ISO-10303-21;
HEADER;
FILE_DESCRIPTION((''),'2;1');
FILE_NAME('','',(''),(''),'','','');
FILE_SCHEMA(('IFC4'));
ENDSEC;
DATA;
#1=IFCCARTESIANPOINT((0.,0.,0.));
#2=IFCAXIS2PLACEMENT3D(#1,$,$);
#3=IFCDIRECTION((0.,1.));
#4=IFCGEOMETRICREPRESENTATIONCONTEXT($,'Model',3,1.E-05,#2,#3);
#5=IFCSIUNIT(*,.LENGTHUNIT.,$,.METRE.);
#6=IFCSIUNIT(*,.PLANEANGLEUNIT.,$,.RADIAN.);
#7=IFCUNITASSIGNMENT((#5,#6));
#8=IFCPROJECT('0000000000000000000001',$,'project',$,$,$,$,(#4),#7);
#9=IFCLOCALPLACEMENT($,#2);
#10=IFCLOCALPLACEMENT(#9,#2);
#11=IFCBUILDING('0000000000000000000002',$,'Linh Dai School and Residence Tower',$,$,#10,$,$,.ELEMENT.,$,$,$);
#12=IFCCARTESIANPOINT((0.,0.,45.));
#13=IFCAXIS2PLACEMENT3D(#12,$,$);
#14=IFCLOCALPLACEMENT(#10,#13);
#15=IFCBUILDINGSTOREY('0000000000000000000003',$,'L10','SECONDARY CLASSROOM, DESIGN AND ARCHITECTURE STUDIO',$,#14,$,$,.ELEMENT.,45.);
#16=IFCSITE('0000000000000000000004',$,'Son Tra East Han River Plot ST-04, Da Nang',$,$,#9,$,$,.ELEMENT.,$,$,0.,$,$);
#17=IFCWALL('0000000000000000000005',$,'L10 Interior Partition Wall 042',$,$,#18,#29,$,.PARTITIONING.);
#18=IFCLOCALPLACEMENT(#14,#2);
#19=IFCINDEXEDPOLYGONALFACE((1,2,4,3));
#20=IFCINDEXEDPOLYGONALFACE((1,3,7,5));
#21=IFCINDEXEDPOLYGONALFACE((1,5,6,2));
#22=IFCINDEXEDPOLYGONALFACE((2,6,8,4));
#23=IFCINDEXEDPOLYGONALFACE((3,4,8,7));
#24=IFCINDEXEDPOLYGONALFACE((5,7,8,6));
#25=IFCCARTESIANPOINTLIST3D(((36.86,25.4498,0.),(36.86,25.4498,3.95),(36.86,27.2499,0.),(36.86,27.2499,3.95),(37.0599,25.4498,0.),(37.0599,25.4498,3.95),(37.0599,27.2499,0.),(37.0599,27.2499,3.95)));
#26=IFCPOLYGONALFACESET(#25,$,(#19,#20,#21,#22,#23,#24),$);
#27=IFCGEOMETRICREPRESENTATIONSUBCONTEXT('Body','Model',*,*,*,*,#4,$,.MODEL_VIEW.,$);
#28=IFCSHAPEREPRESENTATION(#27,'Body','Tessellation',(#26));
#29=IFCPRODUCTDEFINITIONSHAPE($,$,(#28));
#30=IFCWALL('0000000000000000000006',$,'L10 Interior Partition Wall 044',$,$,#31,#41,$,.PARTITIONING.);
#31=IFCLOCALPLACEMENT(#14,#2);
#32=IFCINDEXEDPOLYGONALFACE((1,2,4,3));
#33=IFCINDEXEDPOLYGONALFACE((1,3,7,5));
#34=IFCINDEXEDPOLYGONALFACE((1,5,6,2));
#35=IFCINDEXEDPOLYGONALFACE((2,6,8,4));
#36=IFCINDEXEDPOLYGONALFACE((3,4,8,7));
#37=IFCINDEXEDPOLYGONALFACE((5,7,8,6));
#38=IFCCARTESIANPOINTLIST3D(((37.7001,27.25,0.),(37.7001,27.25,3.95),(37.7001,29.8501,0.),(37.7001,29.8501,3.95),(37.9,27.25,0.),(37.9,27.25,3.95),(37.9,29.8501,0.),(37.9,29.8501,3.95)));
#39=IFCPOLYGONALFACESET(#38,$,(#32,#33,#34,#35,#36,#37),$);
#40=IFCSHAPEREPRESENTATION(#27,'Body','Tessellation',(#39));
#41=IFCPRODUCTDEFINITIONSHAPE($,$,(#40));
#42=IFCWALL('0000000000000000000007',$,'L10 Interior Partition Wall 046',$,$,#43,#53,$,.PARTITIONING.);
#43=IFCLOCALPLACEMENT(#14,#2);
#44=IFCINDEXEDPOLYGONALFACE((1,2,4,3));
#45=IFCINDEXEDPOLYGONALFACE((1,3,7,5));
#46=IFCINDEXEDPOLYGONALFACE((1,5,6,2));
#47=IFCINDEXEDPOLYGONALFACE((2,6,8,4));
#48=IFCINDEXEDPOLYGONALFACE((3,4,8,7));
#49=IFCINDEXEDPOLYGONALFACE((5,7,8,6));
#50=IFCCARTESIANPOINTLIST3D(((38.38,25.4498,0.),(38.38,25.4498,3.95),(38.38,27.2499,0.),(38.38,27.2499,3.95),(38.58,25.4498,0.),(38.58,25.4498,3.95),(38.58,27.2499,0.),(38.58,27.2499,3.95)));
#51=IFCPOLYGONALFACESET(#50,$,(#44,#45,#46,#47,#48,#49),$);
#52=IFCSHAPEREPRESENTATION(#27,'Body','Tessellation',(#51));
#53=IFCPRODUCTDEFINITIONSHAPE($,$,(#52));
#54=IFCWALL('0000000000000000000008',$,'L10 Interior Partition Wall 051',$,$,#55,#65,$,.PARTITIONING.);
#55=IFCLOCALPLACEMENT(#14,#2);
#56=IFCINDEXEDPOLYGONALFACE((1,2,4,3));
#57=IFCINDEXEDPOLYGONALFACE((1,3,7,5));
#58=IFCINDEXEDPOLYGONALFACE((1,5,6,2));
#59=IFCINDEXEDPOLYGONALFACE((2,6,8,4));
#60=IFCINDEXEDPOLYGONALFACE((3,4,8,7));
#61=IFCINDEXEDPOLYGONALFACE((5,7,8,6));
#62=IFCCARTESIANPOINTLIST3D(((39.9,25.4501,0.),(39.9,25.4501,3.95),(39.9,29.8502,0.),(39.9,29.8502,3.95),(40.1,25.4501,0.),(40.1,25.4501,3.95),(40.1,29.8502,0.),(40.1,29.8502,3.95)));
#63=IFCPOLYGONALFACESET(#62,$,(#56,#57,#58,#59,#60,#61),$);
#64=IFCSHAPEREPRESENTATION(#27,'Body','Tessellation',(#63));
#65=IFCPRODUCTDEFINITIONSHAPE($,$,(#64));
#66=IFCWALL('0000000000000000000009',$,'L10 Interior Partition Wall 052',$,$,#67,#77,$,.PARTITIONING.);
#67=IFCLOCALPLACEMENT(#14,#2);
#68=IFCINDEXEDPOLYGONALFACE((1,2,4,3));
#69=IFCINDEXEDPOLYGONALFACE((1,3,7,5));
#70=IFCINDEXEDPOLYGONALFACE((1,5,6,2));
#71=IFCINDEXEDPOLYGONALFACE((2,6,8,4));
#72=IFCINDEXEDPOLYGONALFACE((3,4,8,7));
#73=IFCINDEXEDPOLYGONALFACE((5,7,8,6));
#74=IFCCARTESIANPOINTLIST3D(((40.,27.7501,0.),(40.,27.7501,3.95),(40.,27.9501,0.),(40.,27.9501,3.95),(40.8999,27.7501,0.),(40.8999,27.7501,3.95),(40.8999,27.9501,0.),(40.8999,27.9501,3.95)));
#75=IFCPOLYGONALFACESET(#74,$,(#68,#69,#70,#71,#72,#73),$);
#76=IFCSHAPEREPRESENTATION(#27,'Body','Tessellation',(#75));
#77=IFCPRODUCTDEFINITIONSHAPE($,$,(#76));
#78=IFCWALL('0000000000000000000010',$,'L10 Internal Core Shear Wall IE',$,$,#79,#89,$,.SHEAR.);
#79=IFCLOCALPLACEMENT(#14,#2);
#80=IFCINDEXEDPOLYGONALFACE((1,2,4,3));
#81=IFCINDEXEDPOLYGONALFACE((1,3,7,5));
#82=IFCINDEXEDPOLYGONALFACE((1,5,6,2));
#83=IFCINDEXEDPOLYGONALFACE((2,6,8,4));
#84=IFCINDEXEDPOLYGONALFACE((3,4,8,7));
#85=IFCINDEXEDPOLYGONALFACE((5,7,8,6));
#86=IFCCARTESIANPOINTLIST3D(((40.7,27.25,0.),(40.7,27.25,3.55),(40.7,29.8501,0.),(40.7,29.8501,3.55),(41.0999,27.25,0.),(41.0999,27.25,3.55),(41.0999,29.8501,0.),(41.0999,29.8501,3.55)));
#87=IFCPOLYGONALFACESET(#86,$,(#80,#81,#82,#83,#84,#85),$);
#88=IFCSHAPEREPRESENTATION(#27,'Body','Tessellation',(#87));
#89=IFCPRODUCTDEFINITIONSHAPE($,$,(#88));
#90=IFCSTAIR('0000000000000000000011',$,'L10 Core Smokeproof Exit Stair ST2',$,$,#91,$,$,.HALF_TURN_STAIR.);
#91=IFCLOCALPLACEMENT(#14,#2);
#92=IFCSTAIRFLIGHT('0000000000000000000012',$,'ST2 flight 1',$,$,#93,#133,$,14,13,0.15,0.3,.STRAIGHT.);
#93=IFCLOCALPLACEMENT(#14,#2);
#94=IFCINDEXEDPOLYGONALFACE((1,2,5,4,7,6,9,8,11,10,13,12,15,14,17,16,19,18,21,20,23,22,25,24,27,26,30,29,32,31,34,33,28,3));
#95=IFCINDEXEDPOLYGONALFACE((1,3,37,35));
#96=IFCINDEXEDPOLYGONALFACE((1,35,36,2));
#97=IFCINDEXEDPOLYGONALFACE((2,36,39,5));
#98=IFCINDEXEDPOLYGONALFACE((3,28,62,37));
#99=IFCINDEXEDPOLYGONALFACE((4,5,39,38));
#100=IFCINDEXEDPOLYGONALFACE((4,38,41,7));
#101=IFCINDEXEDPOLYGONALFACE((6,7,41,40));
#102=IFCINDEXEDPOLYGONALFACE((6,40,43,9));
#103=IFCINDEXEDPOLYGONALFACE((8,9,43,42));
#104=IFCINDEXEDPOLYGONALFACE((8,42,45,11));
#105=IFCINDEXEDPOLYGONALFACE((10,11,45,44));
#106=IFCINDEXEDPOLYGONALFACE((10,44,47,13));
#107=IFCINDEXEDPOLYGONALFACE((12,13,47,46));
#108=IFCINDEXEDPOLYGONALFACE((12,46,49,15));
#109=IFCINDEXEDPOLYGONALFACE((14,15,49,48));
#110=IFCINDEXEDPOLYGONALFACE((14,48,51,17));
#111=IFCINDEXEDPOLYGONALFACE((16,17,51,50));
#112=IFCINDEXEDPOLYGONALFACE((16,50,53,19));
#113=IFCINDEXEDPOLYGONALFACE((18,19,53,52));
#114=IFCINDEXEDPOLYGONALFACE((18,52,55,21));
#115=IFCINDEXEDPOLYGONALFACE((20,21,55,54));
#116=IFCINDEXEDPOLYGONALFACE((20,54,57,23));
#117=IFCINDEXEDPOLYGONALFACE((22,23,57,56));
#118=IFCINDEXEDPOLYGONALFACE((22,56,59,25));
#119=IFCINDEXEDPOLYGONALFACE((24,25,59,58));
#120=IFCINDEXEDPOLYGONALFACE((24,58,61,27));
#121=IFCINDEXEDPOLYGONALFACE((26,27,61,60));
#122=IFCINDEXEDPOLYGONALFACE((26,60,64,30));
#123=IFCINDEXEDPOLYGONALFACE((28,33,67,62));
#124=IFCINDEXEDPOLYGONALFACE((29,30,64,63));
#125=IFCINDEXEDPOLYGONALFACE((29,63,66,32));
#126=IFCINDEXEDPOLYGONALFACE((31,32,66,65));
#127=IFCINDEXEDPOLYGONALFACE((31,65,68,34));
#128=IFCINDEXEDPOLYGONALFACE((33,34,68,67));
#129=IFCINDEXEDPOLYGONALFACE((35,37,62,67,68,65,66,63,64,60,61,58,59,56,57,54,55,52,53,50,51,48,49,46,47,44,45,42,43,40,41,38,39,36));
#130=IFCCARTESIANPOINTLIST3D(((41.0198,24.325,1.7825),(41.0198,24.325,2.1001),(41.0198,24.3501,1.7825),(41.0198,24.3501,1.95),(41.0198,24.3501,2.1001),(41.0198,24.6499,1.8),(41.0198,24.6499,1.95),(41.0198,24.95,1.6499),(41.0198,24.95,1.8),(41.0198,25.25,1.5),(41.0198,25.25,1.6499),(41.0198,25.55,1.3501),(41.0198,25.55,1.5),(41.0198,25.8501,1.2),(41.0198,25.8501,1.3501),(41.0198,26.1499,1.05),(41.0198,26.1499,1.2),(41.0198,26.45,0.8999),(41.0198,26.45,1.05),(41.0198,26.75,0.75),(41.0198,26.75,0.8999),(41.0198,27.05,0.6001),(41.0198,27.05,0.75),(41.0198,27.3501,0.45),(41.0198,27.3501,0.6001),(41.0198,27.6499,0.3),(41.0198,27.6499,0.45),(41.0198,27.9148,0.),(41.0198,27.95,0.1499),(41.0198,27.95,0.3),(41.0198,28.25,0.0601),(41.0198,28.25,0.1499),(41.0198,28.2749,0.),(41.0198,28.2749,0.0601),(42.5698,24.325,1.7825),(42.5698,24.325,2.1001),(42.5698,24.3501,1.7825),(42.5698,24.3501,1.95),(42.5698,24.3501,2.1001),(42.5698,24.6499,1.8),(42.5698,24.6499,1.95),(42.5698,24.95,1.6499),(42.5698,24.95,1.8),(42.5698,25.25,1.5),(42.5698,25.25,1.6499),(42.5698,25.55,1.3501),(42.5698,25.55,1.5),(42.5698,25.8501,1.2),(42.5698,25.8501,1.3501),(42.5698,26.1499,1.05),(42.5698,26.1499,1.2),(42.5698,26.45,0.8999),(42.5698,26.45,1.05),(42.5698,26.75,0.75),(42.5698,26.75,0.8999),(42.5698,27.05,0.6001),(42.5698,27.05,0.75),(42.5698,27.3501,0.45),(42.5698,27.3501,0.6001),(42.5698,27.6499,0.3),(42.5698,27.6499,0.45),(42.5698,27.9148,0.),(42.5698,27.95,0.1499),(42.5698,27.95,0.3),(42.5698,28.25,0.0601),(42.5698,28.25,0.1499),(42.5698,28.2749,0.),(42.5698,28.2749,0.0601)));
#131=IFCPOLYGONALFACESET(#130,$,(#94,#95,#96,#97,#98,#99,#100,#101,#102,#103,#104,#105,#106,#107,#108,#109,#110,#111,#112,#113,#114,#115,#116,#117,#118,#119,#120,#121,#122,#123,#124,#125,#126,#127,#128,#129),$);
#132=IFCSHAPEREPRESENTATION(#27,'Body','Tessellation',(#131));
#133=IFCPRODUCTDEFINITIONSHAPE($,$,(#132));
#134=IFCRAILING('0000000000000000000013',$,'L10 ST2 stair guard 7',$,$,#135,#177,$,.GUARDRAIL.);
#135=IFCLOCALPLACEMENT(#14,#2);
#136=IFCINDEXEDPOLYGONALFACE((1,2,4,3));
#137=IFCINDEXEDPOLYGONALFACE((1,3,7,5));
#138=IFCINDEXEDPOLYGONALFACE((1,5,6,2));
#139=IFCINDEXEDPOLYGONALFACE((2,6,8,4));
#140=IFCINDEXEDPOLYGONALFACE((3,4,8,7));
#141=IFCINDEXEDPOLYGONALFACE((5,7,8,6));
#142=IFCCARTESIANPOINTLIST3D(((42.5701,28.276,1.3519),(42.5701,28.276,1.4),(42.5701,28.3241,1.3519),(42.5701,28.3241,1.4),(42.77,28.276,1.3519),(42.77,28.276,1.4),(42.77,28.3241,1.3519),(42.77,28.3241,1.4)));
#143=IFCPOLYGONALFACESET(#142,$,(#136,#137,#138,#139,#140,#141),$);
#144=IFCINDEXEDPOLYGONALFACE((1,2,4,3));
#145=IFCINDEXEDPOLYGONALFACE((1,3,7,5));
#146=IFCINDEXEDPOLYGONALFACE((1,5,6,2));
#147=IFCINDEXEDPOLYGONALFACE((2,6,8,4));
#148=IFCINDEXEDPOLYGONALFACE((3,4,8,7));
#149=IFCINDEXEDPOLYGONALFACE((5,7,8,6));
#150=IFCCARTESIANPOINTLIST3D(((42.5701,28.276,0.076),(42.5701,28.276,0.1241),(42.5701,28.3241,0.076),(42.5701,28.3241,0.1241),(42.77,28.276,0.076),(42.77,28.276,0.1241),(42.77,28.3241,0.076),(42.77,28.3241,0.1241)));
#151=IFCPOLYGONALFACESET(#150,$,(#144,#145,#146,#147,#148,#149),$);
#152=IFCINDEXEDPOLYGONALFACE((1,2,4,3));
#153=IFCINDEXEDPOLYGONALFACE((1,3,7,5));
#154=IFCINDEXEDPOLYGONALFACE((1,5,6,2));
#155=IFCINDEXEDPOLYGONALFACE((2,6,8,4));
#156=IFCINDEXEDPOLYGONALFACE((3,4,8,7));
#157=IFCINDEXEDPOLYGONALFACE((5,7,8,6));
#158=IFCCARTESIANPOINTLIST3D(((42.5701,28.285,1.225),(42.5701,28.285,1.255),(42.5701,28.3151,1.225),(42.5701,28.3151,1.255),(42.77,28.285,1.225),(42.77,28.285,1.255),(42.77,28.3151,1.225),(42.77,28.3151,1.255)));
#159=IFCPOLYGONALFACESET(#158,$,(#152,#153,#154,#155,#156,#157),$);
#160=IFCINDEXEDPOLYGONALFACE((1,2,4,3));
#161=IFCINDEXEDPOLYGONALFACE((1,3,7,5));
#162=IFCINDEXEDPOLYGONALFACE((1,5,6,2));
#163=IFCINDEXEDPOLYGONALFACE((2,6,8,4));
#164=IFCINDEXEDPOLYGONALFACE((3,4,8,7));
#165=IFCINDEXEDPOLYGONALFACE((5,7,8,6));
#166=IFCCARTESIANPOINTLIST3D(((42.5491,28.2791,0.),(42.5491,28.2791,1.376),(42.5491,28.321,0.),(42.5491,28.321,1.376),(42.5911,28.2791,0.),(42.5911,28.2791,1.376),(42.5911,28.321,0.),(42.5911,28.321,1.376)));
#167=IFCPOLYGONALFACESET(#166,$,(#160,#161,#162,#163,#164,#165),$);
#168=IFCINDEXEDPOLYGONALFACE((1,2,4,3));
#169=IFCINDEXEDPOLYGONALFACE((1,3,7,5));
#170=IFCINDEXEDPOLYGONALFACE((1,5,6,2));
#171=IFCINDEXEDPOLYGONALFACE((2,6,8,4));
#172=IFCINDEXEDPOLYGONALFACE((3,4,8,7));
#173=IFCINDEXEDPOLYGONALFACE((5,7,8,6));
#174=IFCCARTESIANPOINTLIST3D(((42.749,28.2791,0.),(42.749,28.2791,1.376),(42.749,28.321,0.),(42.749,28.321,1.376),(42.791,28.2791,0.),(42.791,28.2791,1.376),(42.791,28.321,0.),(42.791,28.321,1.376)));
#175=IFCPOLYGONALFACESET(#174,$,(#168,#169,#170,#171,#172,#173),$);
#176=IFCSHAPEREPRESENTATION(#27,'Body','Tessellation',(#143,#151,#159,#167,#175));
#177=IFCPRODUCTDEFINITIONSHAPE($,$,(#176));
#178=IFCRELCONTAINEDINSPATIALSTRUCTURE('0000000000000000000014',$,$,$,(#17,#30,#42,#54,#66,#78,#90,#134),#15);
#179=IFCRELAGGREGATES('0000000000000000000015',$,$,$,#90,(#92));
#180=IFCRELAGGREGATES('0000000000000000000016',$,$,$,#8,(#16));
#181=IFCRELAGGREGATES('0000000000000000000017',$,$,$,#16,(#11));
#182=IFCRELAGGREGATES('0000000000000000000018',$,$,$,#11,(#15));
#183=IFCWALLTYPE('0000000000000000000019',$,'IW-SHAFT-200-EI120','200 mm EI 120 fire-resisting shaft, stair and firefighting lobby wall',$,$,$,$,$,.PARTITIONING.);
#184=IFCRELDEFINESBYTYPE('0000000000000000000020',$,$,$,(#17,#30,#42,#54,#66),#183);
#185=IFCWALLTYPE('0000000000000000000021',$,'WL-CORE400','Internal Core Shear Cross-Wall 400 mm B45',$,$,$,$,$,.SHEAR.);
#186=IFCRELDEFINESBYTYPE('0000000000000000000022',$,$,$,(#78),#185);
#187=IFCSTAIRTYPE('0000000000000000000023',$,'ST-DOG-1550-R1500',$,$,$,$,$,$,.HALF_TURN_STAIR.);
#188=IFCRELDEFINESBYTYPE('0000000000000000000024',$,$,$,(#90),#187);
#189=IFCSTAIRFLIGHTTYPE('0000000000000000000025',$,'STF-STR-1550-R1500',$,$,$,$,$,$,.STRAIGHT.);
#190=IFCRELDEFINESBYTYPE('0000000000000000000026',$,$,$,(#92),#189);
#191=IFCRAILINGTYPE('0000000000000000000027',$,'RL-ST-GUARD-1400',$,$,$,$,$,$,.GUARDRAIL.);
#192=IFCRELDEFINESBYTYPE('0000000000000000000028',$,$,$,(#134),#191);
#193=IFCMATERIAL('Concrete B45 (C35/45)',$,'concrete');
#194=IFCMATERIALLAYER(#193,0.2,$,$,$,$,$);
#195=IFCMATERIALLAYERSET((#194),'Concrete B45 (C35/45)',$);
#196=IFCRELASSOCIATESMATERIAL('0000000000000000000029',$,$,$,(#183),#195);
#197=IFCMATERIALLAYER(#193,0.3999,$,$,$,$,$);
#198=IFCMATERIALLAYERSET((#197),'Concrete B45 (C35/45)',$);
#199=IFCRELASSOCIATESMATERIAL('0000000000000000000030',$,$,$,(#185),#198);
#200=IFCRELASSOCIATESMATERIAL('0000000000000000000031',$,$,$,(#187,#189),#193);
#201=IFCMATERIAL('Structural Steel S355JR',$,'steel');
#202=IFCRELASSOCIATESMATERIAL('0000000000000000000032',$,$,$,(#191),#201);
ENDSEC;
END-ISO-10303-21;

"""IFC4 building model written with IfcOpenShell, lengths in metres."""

from ifc_helpers import new_model, si_unit, direction, frame, frame_2d, origin, origin_2d, place, context, subcontext, project, spatial, polyline, rectangle, outline, extrude, source, transform, mapped, material, layer, layer_set, type_object, element, aggregate, save


model = new_model("IFC4")

# Units and contexts
model_context = context("Model", 3, precision=1e-05, world=origin(), true_north=direction((0.0, 1.0)))
body_context = subcontext(model_context, "Body", "Model", "MODEL_VIEW")
ifc_project = project(units=[si_unit("LENGTHUNIT", "METRE"), si_unit("PLANEANGLEUNIT", "RADIAN")], contexts=[model_context])

# Site, building, storey
site_placement = place(None, origin())
site = spatial("IfcSite", under=ifc_project, at=site_placement, Name="Son Tra East Han River Plot ST-04, Da Nang", CompositionType="ELEMENT", RefElevation=0.0)
building_placement = place(site_placement, origin())
building = spatial("IfcBuilding", under=site, at=building_placement, Name="Linh Dai School and Residence Tower", CompositionType="ELEMENT")
storey_placement = place(building_placement, frame((0.0, 0.0, 45.0)))
storey = spatial("IfcBuildingStorey", under=building, at=storey_placement, Name="L10", Description="SECONDARY CLASSROOM, DESIGN AND ARCHITECTURE STUDIO", CompositionType="ELEMENT", Elevation=45.0)

# Shared definitions
ifc_material_1 = material(Name="Structural Steel S355JR", Category="steel")

# Walls
ifc_material_2 = material(Name="Concrete B45 (C35/45)", Category="concrete")
ifc_layer_1 = layer(ifc_material_2, 0.2)
ifc_layer_set_1 = layer_set([ifc_layer_1], Name="Concrete B45 (C35/45)")
wall_type_1 = type_object("IfcWallType", Name="IW-SHAFT-200-EI120", Description="200 mm EI 120 fire-resisting shaft, stair and firefighting lobby wall", PredefinedType="PARTITIONING", material=ifc_layer_set_1)
wall_1_placement = place(storey_placement, frame((36.96, 25.45, 0.0), z_axis=(0.0, 0.0, 1.0), x_axis=(0.0, 1.0, 0.0)))
element("IfcWall", 1, at=wall_1_placement, inside=storey, type_object=wall_type_1, Name="L10 Interior Partition Wall 042", PredefinedType="PARTITIONING", context=body_context, shape_type="SweptSolid", body=[
    extrude(rectangle(XDim=1.8, YDim=0.2, at=frame_2d((0.8999, 0.0))), origin(), (0.0, 0.0, 1.0), 3.95),
])
wall_2_placement = place(storey_placement, frame((37.8, 27.25, 0.0), z_axis=(0.0, 0.0, 1.0), x_axis=(0.0, 1.0, 0.0)))
element("IfcWall", 2, at=wall_2_placement, inside=storey, type_object=wall_type_1, Name="L10 Interior Partition Wall 044", PredefinedType="PARTITIONING", context=body_context, shape_type="SweptSolid", body=[
    extrude(rectangle(XDim=2.6001, YDim=0.2, at=frame_2d((1.3, 0.0))), origin(), (0.0, 0.0, 1.0), 3.95),
])
wall_3_placement = place(storey_placement, frame((38.48, 25.45, 0.0), z_axis=(0.0, 0.0, 1.0), x_axis=(0.0, 1.0, 0.0)))
element("IfcWall", 3, at=wall_3_placement, inside=storey, type_object=wall_type_1, Name="L10 Interior Partition Wall 046", PredefinedType="PARTITIONING", context=body_context, shape_type="SweptSolid", body=[
    extrude(rectangle(XDim=1.8, YDim=0.2, at=frame_2d((0.8999, 0.0))), origin(), (0.0, 0.0, 1.0), 3.95),
])
wall_4_placement = place(storey_placement, frame((40.0, 25.45, 0.0), z_axis=(0.0, 0.0, 1.0), x_axis=(0.0, 1.0, 0.0)))
element("IfcWall", 4, at=wall_4_placement, inside=storey, type_object=wall_type_1, Name="L10 Interior Partition Wall 051", PredefinedType="PARTITIONING", context=body_context, shape_type="SweptSolid", body=[
    extrude(rectangle(XDim=4.4001, YDim=0.2, at=frame_2d((2.2002, 0.0))), origin(), (0.0, 0.0, 1.0), 3.95),
])
wall_5_placement = place(storey_placement, frame((40.0, 27.8501, 0.0), z_axis=(0.0, 0.0, 1.0), x_axis=(1.0, 0.0, 0.0)))
element("IfcWall", 5, at=wall_5_placement, inside=storey, type_object=wall_type_1, Name="L10 Interior Partition Wall 052", PredefinedType="PARTITIONING", context=body_context, shape_type="SweptSolid", body=[
    extrude(rectangle(XDim=0.8999, YDim=0.2, at=frame_2d((0.45, 0.0))), origin(), (0.0, 0.0, 1.0), 3.95),
])
ifc_layer_2 = layer(ifc_material_2, 0.3999)
ifc_layer_set_2 = layer_set([ifc_layer_2], Name="Concrete B45 (C35/45)")
wall_type_2 = type_object("IfcWallType", Name="WL-CORE400", Description="Internal Core Shear Cross-Wall 400 mm B45", PredefinedType="SHEAR", material=ifc_layer_set_2)
wall_6_placement = place(storey_placement, frame((40.8999, 27.25, 0.0), z_axis=(0.0, 0.0, 1.0), x_axis=(0.0, 1.0, 0.0)))
element("IfcWall", 6, at=wall_6_placement, inside=storey, type_object=wall_type_2, Name="L10 Internal Core Shear Wall IE", PredefinedType="SHEAR", context=body_context, shape_type="SweptSolid", body=[
    extrude(rectangle(XDim=2.6001, YDim=0.3999, at=frame_2d((1.3, 0.0))), origin(), (0.0, 0.0, 1.0), 3.55),
])

# Stair, stair flight
stair_type = type_object("IfcStairType", Name="ST-DOG-1550-R1500", PredefinedType="HALF_TURN_STAIR", material=ifc_material_2)
stair_placement = place(storey_placement, origin())
stair = element("IfcStair", 7, at=stair_placement, inside=storey, type_object=stair_type, Name="L10 Core Smokeproof Exit Stair ST2", PredefinedType="HALF_TURN_STAIR")
stair_flight_type = type_object("IfcStairFlightType", Name="STF-STR-1550-R1500", PredefinedType="STRAIGHT", material=ifc_material_2)
shared_shape_1 = source(origin(), body_context, "Body", "SweptSolid", [
    extrude(outline(polyline([(-0.0249, 0.0), (-0.0249, 0.0601), (0.0, 0.0601), (0.0, 0.1499), (0.3, 0.1499), (0.3, 0.3), (0.6001, 0.3), (0.6001, 0.45), (0.8999, 0.45), (0.8999, 0.6001), (1.2, 0.6001), (1.2, 0.75), (1.5, 0.75), (1.5, 0.8999), (1.8, 0.8999), (1.8, 1.05), (2.1001, 1.05), (2.1001, 1.2), (2.3999, 1.2), (2.3999, 1.3501), (2.7, 1.3501), (2.7, 1.5), (3.0, 1.5), (3.0, 1.6499), (3.3, 1.6499), (3.3, 1.8), (3.6001, 1.8), (3.6001, 1.95), (3.8999, 1.95), (3.8999, 2.1001), (3.925, 2.1001), (3.925, 1.7825), (3.8999, 1.7825), (0.3352, 0.0), (-0.0249, 0.0)])), frame((0.0, 0.7749, 0.0), z_axis=(0.0, -1.0, 0.0), x_axis=(1.0, 0.0, 0.0)), (0.0, 0.0, 1.0), 1.55),
])
stair_flight_placement = place(storey_placement, frame((41.7949, 28.25, 0.0), z_axis=(0.0, 0.0, 1.0), x_axis=(0.0, -1.0, 0.0)))
stair_flight = element("IfcStairFlight", 8, at=stair_flight_placement, type_object=stair_flight_type, Name="ST2 flight 1", NumberOfRisers=14, NumberOfTreads=13, PredefinedType="STRAIGHT", RiserHeight=0.15, TreadLength=0.3, context=body_context, shape_type="MappedRepresentation", body=[
    mapped(shared_shape_1, transform((0.0, 0.0, 0.0), x_axis=(1.0, 0.0, 0.0), y_axis=(0.0, 1.0, 0.0), z_axis=(0.0, 0.0, 1.0), scale=1.0)),
])
aggregate(stair, [stair_flight])

# Railing
railing_type_1 = type_object("IfcRailingType", Name="RL-ST-GUARD-1400", PredefinedType="GUARDRAIL", material=ifc_material_1)
shared_shape_2 = source(origin(), body_context, "Body", "SweptSolid", [
    extrude(rectangle(XDim=0.0481, YDim=0.0481, at=origin_2d()), frame((0.0, 0.0, 1.376), z_axis=(1.0, 0.0, 0.0), x_axis=(0.0, 1.0, 0.0)), (0.0, 0.0, 1.0), 0.2),
    extrude(rectangle(XDim=0.0481, YDim=0.0481, at=origin_2d()), frame((0.0, 0.0, 0.1001), z_axis=(1.0, 0.0, 0.0), x_axis=(0.0, 1.0, 0.0)), (0.0, 0.0, 1.0), 0.2),
    extrude(rectangle(XDim=0.03, YDim=0.03, at=origin_2d()), frame((0.0, 0.0, 1.24), z_axis=(1.0, 0.0, 0.0), x_axis=(0.0, 1.0, 0.0)), (0.0, 0.0, 1.0), 0.2),
    extrude(rectangle(XDim=0.042, YDim=0.042, at=origin_2d()), origin(), (0.0, 0.0, 1.0), 1.376),
    extrude(rectangle(XDim=0.042, YDim=0.042, at=origin_2d()), frame((0.2, 0.0, 0.0)), (0.0, 0.0, 1.0), 1.376),
])
railing_1_placement = place(storey_placement, frame((42.5701, 28.3, 0.0)))
element("IfcRailing", 9, at=railing_1_placement, inside=storey, type_object=railing_type_1, Name="L10 ST2 stair guard 7", PredefinedType="GUARDRAIL", context=body_context, shape_type="MappedRepresentation", body=[
    mapped(shared_shape_2, transform((0.0, 0.0, 0.0), x_axis=(1.0, 0.0, 0.0), y_axis=(0.0, 1.0, 0.0), z_axis=(0.0, 0.0, 1.0), scale=1.0)),
])

save(model, "model.ifc")
